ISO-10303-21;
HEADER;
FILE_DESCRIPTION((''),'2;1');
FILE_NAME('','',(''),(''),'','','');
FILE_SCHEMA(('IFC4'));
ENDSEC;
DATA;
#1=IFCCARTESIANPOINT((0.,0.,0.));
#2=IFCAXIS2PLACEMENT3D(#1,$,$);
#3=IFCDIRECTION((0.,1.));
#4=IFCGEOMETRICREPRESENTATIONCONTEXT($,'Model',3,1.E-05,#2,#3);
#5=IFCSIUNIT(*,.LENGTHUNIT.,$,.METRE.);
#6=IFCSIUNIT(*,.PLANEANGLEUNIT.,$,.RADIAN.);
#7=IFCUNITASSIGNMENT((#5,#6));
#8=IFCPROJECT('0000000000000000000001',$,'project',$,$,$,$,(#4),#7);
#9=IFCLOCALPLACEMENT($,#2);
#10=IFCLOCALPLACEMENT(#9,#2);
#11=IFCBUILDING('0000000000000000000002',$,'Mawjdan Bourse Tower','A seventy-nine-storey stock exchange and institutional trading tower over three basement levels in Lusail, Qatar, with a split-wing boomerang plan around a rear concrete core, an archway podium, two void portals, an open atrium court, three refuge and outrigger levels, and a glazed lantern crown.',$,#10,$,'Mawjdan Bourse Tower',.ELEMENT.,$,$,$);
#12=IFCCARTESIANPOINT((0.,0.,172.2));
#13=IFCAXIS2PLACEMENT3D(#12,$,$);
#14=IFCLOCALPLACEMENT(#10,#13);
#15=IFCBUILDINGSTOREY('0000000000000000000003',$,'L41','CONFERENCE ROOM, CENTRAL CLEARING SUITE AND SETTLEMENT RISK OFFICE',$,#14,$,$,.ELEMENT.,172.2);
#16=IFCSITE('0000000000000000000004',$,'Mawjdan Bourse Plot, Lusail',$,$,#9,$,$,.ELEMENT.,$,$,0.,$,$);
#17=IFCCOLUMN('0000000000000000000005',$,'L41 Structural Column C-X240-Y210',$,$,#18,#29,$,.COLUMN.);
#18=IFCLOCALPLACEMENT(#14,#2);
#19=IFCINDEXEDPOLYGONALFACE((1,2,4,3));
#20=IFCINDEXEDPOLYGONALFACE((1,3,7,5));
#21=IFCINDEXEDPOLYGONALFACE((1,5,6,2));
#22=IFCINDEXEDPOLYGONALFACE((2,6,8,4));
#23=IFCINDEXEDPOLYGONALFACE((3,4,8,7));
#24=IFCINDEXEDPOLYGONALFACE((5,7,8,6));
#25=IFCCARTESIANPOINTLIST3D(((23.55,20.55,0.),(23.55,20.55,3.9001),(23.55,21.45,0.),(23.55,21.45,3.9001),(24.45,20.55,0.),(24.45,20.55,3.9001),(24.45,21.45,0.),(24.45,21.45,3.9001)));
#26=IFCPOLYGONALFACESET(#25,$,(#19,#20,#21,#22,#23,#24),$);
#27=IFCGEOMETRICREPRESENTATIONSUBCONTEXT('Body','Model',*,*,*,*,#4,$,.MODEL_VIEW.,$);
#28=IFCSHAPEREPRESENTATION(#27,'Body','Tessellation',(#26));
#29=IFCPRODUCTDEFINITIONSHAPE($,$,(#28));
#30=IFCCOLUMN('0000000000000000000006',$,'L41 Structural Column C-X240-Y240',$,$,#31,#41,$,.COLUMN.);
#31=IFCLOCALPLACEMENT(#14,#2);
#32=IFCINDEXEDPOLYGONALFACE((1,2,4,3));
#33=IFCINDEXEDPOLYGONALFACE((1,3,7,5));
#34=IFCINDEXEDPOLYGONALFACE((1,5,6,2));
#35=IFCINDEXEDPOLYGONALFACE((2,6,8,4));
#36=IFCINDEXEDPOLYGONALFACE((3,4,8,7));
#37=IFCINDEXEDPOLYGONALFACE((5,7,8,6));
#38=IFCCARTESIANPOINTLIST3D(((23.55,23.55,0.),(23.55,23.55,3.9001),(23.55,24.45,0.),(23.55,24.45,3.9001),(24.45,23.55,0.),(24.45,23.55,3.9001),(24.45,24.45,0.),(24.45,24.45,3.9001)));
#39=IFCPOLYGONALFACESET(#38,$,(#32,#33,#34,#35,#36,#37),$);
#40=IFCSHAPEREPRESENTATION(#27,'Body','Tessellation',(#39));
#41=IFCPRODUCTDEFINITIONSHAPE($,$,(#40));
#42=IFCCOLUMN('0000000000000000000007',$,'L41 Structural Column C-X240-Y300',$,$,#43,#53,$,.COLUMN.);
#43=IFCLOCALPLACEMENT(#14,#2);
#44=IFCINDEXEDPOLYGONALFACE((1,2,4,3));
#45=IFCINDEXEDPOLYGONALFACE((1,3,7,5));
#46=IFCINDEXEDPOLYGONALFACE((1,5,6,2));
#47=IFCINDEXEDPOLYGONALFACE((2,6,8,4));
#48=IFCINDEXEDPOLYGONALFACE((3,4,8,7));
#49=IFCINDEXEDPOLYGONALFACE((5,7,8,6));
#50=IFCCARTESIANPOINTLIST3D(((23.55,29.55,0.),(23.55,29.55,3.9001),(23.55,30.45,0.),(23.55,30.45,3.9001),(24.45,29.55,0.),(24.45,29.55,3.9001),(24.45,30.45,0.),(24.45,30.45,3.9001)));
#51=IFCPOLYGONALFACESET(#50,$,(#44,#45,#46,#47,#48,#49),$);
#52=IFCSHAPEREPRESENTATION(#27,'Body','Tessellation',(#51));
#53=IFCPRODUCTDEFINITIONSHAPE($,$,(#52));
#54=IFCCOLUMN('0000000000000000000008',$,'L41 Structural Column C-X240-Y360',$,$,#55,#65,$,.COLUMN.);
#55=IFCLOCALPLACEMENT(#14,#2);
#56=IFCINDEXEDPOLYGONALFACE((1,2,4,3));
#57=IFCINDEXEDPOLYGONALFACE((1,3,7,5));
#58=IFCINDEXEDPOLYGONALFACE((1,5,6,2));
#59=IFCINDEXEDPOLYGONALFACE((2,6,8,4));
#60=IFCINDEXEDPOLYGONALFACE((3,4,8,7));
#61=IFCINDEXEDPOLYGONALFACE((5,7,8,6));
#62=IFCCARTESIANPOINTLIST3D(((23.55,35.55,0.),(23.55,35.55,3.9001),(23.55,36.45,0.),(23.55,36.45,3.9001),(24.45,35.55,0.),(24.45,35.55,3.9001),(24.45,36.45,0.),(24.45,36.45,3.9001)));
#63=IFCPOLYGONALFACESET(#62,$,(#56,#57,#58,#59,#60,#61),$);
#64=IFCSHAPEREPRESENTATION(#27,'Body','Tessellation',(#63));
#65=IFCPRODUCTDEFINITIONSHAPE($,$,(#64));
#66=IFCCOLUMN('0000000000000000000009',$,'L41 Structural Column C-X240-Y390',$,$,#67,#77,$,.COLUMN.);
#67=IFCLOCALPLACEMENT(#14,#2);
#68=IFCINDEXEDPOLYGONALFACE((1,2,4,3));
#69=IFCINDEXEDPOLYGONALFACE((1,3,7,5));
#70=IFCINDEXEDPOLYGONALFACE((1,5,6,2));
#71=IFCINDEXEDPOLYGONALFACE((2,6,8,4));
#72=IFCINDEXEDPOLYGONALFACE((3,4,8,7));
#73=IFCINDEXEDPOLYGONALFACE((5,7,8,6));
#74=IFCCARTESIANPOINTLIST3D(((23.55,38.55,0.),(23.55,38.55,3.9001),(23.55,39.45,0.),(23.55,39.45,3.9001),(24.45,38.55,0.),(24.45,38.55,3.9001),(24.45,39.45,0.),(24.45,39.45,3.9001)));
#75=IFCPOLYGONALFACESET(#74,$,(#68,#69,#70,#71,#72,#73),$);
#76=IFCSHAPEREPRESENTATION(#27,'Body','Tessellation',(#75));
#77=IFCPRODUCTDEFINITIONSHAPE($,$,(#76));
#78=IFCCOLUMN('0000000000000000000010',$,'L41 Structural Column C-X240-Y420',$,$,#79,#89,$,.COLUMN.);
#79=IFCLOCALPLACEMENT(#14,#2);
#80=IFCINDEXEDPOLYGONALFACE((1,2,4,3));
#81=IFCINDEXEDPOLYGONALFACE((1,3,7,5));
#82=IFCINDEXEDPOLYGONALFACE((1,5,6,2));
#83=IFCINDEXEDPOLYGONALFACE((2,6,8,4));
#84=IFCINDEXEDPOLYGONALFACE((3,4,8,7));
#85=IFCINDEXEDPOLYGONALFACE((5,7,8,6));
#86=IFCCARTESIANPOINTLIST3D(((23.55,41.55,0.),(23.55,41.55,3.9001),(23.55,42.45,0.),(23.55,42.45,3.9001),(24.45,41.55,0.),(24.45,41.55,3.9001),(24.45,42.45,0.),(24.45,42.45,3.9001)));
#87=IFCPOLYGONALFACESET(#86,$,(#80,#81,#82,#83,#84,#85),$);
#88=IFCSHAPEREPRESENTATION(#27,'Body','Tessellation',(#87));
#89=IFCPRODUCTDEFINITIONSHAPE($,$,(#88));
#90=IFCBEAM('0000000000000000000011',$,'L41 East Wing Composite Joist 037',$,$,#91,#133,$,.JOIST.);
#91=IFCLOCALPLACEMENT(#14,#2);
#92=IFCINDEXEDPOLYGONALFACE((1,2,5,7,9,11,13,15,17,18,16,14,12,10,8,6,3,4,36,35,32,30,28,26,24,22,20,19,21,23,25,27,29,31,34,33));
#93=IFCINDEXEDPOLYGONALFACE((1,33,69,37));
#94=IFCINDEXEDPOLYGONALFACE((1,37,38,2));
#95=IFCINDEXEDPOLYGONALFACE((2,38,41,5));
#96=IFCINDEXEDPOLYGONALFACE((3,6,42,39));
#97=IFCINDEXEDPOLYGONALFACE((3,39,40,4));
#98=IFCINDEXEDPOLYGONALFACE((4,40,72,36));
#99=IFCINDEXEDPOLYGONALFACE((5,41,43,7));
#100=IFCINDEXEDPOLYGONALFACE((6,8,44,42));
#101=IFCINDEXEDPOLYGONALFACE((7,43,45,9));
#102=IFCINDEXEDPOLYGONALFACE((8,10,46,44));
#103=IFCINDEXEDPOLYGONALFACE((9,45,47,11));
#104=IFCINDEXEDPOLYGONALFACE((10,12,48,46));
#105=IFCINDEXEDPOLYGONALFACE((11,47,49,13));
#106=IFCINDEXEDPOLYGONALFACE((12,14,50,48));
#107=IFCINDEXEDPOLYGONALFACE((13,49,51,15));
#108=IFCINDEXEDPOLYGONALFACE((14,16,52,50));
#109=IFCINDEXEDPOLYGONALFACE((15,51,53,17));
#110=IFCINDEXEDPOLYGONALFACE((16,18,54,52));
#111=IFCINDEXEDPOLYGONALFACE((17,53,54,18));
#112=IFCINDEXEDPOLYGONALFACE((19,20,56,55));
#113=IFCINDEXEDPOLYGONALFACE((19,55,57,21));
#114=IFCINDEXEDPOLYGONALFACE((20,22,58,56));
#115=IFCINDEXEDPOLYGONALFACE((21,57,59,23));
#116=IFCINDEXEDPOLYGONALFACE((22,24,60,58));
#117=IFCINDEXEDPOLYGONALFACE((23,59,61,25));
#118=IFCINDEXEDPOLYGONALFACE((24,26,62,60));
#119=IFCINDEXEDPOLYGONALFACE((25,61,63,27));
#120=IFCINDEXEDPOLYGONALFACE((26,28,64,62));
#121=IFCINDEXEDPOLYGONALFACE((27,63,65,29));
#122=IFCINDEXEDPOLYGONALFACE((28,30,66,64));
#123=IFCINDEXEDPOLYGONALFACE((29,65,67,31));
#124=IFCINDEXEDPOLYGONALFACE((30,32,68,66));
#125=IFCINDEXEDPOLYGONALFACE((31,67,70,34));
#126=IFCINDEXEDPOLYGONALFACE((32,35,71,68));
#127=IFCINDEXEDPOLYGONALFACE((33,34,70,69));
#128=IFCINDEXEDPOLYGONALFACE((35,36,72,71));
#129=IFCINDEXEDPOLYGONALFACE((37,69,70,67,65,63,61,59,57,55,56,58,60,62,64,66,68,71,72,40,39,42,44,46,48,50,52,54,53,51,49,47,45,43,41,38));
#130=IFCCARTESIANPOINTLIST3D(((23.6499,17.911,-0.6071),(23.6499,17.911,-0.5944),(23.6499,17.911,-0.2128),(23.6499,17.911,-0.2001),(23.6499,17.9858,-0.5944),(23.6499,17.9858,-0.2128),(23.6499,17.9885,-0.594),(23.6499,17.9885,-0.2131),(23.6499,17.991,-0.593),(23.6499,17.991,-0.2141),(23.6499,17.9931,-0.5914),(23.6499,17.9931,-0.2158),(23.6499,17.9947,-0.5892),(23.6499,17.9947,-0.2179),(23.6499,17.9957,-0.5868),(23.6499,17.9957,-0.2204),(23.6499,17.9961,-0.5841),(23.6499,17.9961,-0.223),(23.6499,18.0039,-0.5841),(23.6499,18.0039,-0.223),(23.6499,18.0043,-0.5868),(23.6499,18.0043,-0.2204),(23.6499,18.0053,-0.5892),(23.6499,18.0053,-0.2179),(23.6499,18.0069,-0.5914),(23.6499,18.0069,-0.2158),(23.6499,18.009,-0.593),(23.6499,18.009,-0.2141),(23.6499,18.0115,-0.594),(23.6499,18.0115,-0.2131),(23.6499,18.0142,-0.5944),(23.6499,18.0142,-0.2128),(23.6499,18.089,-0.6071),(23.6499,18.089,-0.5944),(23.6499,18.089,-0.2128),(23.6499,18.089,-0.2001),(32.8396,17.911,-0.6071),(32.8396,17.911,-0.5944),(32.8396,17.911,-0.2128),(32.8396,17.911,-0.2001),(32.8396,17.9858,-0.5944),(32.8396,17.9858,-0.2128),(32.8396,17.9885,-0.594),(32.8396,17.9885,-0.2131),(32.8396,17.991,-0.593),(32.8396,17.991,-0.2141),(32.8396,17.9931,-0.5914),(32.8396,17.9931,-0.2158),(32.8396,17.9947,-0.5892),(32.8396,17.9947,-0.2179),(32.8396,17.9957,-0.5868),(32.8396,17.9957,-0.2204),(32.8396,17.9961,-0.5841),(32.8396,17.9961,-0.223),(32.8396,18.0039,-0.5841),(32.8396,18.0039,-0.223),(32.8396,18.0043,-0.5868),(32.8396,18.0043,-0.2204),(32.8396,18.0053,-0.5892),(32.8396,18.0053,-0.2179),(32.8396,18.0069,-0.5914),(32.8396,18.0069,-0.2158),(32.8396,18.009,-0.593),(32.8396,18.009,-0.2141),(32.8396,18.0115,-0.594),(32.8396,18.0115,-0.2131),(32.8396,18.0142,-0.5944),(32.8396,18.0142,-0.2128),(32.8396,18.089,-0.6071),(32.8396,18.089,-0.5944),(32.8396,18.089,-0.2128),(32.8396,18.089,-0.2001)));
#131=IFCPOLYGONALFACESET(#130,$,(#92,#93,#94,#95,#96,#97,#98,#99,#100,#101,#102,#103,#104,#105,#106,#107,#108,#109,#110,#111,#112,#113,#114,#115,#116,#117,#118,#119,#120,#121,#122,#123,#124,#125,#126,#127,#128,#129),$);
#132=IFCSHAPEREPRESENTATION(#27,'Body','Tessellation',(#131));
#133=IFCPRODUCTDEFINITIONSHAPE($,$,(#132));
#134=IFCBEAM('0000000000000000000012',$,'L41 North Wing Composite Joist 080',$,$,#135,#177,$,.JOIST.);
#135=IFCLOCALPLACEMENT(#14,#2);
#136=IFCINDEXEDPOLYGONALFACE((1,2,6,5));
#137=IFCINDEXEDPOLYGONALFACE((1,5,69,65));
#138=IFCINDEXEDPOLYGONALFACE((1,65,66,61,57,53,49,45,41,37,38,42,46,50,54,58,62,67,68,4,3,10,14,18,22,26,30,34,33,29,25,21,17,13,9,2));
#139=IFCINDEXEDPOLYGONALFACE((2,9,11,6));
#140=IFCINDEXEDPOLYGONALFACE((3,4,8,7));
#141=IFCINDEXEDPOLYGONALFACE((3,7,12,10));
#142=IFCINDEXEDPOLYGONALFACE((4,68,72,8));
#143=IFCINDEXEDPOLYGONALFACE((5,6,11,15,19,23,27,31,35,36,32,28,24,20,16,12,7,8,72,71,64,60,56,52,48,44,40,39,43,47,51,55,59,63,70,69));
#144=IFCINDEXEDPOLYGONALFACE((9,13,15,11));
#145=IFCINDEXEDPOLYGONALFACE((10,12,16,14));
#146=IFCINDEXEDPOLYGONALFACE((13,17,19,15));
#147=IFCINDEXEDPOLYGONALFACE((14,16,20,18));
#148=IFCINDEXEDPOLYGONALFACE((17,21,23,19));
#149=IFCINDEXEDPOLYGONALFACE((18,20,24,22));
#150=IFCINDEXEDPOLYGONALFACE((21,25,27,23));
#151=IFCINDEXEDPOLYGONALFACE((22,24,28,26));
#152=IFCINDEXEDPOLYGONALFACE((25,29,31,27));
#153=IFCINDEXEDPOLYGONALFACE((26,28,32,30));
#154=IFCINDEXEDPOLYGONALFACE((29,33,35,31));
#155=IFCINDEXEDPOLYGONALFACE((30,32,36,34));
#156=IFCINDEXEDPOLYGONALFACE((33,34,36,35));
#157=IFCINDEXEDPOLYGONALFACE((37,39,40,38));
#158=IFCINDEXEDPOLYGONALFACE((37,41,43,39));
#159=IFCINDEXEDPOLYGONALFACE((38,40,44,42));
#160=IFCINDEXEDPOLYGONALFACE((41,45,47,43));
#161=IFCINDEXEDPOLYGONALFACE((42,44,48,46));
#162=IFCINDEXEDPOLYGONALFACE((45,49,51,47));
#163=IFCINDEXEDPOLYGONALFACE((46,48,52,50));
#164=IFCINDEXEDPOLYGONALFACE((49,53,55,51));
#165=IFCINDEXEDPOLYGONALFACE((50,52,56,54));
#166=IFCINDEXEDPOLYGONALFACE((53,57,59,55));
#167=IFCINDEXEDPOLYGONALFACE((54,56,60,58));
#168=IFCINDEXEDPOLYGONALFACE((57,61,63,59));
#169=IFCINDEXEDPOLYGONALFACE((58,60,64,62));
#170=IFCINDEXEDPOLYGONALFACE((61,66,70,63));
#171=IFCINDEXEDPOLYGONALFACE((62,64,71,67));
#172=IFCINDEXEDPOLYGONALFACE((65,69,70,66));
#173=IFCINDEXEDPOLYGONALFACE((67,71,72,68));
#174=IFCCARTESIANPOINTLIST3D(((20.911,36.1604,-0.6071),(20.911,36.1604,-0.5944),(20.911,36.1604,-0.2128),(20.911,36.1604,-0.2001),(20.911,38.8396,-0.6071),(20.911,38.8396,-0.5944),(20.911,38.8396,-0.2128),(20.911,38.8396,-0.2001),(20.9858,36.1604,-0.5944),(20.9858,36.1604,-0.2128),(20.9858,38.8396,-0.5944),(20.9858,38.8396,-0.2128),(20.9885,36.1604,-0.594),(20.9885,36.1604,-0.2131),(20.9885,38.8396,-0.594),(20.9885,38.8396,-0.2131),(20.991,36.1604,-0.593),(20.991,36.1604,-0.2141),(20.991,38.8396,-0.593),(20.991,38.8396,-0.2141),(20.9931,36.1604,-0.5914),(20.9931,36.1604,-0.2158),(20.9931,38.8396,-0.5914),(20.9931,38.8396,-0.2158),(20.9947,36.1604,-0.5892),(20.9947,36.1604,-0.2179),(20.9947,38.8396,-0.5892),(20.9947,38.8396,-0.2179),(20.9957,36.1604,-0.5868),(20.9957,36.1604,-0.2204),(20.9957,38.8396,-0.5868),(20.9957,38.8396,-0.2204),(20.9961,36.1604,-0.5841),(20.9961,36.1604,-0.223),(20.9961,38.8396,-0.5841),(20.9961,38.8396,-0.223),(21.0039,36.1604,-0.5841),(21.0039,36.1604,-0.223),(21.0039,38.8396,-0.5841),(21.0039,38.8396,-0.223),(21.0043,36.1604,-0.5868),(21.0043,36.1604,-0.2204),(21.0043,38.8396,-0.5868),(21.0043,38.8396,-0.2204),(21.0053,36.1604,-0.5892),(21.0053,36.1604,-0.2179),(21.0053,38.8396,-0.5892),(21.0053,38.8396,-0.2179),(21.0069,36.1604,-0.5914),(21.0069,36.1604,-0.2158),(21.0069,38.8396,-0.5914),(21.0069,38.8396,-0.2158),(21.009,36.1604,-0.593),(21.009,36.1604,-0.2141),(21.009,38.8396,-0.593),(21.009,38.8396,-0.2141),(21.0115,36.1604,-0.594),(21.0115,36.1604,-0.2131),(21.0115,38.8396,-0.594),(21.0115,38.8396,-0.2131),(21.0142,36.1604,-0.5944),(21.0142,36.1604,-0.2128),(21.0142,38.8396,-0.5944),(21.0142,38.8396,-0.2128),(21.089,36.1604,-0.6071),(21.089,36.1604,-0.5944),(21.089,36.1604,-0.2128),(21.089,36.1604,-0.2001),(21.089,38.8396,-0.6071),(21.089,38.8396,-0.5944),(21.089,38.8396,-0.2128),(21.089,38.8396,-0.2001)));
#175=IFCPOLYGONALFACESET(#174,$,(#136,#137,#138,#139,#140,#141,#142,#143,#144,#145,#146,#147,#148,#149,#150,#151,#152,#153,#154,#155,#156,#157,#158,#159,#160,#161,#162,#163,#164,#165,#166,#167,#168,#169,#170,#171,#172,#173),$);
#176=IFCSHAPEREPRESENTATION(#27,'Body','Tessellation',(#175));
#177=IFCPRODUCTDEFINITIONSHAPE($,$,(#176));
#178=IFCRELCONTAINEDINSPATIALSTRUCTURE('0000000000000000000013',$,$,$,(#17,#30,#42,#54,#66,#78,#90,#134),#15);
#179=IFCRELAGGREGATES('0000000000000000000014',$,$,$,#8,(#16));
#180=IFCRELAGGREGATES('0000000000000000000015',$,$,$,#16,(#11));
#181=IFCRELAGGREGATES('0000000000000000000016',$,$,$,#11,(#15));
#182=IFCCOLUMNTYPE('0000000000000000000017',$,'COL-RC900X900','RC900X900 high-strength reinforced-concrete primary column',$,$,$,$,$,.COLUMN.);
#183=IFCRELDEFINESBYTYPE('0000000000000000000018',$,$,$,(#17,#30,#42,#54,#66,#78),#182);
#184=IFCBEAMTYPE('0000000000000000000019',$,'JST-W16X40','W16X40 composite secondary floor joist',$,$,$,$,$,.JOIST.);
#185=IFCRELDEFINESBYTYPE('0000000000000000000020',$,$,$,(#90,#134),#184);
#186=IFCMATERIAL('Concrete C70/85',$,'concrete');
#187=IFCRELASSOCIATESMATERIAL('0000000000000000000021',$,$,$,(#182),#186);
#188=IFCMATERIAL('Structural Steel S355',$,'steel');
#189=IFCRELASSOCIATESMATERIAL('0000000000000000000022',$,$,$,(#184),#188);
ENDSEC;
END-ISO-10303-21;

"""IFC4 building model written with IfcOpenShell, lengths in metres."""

from ifc_helpers import new_model, si_unit, direction, frame, origin, origin_2d, place, context, subcontext, project, spatial, rectangle, i_section, extrude, material, material_profile, profile_set, type_object, element, save


model = new_model("IFC4")

# Units and contexts
model_context = context("Model", 3, precision=1e-05, world=origin(), true_north=direction((0.0, 1.0)))
body_context = subcontext(model_context, "Body", "Model", "MODEL_VIEW")
ifc_project = project(units=[si_unit("LENGTHUNIT", "METRE"), si_unit("PLANEANGLEUNIT", "RADIAN")], contexts=[model_context])

# Site, building, storey
site_placement = place(None, origin())
site = spatial("IfcSite", under=ifc_project, at=site_placement, Name="Mawjdan Bourse Plot, Lusail", CompositionType="ELEMENT", RefElevation=0.0)
building_placement = place(site_placement, origin())
building = spatial("IfcBuilding", under=site, at=building_placement, Name="Mawjdan Bourse Tower", Description="A seventy-nine-storey stock exchange and institutional trading tower over three basement levels in Lusail, Qatar, with a split-wing boomerang plan around a rear concrete core, an archway podium, two void portals, an open atrium court, three refuge and outrigger levels, and a glazed lantern crown.", LongName="Mawjdan Bourse Tower", CompositionType="ELEMENT")
storey_placement = place(building_placement, frame((0.0, 0.0, 172.2)))
storey = spatial("IfcBuildingStorey", under=building, at=storey_placement, Name="L41", Description="CONFERENCE ROOM, CENTRAL CLEARING SUITE AND SETTLEMENT RISK OFFICE", CompositionType="ELEMENT", Elevation=172.2)

# Columns
ifc_material_1 = material(Name="Concrete C70/85", Category="concrete")
ifc_material_profile_1 = material_profile(ifc_material_1, rectangle(XDim=0.8999, YDim=0.8999, at=origin_2d()), Name="RC900X900")
ifc_profile_set_1 = profile_set([ifc_material_profile_1], Name="Concrete C70/85")
column_type = type_object("IfcColumnType", Name="COL-RC900X900", Description="RC900X900 high-strength reinforced-concrete primary column", PredefinedType="COLUMN", material=ifc_profile_set_1)
for number, where, z_axis, x_axis, name in (
    (1, (24.0, 21.0, 0.0), (0.0, 0.0, 1.0), (1.0, 0.0, 0.0), "L41 Structural Column C-X240-Y210"),
    (2, (24.0, 24.0, 0.0), (0.0, 0.0, 1.0), (1.0, 0.0, 0.0), "L41 Structural Column C-X240-Y240"),
    (3, (24.0, 30.0, 0.0), (0.0, 0.0, 1.0), (1.0, 0.0, 0.0), "L41 Structural Column C-X240-Y300"),
    (4, (24.0, 36.0, 0.0), (0.0, 0.0, 1.0), (1.0, 0.0, 0.0), "L41 Structural Column C-X240-Y360"),
    (5, (24.0, 39.0, 0.0), (0.0, 0.0, 1.0), (1.0, 0.0, 0.0), "L41 Structural Column C-X240-Y390"),
    (6, (24.0, 42.0, 0.0), (0.0, 0.0, 1.0), (1.0, 0.0, 0.0), "L41 Structural Column C-X240-Y420"),
):
    element("IfcColumn", number, at=place(storey_placement, frame(where, z_axis=z_axis, x_axis=x_axis)), inside=storey, type_object=column_type, Name=name, PredefinedType="COLUMN", context=body_context, shape_type="SweptSolid", body=[
        extrude(rectangle(XDim=0.8999, YDim=0.8999, at=origin_2d()), origin(), (0.0, 0.0, 1.0), 3.9001),
    ])

# Beams
ifc_material_2 = material(Name="Structural Steel S355", Category="steel")
ifc_material_profile_2 = material_profile(ifc_material_2, i_section(OverallWidth=0.178, OverallDepth=0.407, WebThickness=0.0078, FlangeThickness=0.0127, FilletRadius=0.0103, at=origin_2d()), Name="W16X40")
ifc_profile_set_2 = profile_set([ifc_material_profile_2], Name="Structural Steel S355")
beam_type_1 = type_object("IfcBeamType", Name="JST-W16X40", Description="W16X40 composite secondary floor joist", PredefinedType="JOIST", material=ifc_profile_set_2)
beam_1_placement = place(storey_placement, frame((23.6499, 18.0, -0.4036), z_axis=(1.0, 0.0, 0.0), x_axis=(0.0, 1.0, 0.0)))
element("IfcBeam", 7, at=beam_1_placement, inside=storey, type_object=beam_type_1, Name="L41 East Wing Composite Joist 037", PredefinedType="JOIST", context=body_context, shape_type="SweptSolid", body=[
    extrude(i_section(OverallWidth=0.178, OverallDepth=0.407, WebThickness=0.0078, FlangeThickness=0.0127, FilletRadius=0.0103, at=origin_2d()), origin(), (0.0, 0.0, 1.0), 9.1897),
])
for number, where, z_axis, x_axis, name in (
    (8, (21.0, 36.1604, -0.4036), (0.0, 1.0, 0.0), (-1.0, 0.0, 0.0), "L41 North Wing Composite Joist 080"),
):
    element("IfcBeam", number, at=place(storey_placement, frame(where, z_axis=z_axis, x_axis=x_axis)), inside=storey, type_object=beam_type_1, Name=name, PredefinedType="JOIST", context=body_context, shape_type="SweptSolid", body=[
        extrude(i_section(OverallWidth=0.178, OverallDepth=0.407, WebThickness=0.0078, FlangeThickness=0.0127, FilletRadius=0.0103, at=origin_2d()), origin(), (0.0, 0.0, 1.0), 2.6792),
    ])

save(model, "model.ifc")
